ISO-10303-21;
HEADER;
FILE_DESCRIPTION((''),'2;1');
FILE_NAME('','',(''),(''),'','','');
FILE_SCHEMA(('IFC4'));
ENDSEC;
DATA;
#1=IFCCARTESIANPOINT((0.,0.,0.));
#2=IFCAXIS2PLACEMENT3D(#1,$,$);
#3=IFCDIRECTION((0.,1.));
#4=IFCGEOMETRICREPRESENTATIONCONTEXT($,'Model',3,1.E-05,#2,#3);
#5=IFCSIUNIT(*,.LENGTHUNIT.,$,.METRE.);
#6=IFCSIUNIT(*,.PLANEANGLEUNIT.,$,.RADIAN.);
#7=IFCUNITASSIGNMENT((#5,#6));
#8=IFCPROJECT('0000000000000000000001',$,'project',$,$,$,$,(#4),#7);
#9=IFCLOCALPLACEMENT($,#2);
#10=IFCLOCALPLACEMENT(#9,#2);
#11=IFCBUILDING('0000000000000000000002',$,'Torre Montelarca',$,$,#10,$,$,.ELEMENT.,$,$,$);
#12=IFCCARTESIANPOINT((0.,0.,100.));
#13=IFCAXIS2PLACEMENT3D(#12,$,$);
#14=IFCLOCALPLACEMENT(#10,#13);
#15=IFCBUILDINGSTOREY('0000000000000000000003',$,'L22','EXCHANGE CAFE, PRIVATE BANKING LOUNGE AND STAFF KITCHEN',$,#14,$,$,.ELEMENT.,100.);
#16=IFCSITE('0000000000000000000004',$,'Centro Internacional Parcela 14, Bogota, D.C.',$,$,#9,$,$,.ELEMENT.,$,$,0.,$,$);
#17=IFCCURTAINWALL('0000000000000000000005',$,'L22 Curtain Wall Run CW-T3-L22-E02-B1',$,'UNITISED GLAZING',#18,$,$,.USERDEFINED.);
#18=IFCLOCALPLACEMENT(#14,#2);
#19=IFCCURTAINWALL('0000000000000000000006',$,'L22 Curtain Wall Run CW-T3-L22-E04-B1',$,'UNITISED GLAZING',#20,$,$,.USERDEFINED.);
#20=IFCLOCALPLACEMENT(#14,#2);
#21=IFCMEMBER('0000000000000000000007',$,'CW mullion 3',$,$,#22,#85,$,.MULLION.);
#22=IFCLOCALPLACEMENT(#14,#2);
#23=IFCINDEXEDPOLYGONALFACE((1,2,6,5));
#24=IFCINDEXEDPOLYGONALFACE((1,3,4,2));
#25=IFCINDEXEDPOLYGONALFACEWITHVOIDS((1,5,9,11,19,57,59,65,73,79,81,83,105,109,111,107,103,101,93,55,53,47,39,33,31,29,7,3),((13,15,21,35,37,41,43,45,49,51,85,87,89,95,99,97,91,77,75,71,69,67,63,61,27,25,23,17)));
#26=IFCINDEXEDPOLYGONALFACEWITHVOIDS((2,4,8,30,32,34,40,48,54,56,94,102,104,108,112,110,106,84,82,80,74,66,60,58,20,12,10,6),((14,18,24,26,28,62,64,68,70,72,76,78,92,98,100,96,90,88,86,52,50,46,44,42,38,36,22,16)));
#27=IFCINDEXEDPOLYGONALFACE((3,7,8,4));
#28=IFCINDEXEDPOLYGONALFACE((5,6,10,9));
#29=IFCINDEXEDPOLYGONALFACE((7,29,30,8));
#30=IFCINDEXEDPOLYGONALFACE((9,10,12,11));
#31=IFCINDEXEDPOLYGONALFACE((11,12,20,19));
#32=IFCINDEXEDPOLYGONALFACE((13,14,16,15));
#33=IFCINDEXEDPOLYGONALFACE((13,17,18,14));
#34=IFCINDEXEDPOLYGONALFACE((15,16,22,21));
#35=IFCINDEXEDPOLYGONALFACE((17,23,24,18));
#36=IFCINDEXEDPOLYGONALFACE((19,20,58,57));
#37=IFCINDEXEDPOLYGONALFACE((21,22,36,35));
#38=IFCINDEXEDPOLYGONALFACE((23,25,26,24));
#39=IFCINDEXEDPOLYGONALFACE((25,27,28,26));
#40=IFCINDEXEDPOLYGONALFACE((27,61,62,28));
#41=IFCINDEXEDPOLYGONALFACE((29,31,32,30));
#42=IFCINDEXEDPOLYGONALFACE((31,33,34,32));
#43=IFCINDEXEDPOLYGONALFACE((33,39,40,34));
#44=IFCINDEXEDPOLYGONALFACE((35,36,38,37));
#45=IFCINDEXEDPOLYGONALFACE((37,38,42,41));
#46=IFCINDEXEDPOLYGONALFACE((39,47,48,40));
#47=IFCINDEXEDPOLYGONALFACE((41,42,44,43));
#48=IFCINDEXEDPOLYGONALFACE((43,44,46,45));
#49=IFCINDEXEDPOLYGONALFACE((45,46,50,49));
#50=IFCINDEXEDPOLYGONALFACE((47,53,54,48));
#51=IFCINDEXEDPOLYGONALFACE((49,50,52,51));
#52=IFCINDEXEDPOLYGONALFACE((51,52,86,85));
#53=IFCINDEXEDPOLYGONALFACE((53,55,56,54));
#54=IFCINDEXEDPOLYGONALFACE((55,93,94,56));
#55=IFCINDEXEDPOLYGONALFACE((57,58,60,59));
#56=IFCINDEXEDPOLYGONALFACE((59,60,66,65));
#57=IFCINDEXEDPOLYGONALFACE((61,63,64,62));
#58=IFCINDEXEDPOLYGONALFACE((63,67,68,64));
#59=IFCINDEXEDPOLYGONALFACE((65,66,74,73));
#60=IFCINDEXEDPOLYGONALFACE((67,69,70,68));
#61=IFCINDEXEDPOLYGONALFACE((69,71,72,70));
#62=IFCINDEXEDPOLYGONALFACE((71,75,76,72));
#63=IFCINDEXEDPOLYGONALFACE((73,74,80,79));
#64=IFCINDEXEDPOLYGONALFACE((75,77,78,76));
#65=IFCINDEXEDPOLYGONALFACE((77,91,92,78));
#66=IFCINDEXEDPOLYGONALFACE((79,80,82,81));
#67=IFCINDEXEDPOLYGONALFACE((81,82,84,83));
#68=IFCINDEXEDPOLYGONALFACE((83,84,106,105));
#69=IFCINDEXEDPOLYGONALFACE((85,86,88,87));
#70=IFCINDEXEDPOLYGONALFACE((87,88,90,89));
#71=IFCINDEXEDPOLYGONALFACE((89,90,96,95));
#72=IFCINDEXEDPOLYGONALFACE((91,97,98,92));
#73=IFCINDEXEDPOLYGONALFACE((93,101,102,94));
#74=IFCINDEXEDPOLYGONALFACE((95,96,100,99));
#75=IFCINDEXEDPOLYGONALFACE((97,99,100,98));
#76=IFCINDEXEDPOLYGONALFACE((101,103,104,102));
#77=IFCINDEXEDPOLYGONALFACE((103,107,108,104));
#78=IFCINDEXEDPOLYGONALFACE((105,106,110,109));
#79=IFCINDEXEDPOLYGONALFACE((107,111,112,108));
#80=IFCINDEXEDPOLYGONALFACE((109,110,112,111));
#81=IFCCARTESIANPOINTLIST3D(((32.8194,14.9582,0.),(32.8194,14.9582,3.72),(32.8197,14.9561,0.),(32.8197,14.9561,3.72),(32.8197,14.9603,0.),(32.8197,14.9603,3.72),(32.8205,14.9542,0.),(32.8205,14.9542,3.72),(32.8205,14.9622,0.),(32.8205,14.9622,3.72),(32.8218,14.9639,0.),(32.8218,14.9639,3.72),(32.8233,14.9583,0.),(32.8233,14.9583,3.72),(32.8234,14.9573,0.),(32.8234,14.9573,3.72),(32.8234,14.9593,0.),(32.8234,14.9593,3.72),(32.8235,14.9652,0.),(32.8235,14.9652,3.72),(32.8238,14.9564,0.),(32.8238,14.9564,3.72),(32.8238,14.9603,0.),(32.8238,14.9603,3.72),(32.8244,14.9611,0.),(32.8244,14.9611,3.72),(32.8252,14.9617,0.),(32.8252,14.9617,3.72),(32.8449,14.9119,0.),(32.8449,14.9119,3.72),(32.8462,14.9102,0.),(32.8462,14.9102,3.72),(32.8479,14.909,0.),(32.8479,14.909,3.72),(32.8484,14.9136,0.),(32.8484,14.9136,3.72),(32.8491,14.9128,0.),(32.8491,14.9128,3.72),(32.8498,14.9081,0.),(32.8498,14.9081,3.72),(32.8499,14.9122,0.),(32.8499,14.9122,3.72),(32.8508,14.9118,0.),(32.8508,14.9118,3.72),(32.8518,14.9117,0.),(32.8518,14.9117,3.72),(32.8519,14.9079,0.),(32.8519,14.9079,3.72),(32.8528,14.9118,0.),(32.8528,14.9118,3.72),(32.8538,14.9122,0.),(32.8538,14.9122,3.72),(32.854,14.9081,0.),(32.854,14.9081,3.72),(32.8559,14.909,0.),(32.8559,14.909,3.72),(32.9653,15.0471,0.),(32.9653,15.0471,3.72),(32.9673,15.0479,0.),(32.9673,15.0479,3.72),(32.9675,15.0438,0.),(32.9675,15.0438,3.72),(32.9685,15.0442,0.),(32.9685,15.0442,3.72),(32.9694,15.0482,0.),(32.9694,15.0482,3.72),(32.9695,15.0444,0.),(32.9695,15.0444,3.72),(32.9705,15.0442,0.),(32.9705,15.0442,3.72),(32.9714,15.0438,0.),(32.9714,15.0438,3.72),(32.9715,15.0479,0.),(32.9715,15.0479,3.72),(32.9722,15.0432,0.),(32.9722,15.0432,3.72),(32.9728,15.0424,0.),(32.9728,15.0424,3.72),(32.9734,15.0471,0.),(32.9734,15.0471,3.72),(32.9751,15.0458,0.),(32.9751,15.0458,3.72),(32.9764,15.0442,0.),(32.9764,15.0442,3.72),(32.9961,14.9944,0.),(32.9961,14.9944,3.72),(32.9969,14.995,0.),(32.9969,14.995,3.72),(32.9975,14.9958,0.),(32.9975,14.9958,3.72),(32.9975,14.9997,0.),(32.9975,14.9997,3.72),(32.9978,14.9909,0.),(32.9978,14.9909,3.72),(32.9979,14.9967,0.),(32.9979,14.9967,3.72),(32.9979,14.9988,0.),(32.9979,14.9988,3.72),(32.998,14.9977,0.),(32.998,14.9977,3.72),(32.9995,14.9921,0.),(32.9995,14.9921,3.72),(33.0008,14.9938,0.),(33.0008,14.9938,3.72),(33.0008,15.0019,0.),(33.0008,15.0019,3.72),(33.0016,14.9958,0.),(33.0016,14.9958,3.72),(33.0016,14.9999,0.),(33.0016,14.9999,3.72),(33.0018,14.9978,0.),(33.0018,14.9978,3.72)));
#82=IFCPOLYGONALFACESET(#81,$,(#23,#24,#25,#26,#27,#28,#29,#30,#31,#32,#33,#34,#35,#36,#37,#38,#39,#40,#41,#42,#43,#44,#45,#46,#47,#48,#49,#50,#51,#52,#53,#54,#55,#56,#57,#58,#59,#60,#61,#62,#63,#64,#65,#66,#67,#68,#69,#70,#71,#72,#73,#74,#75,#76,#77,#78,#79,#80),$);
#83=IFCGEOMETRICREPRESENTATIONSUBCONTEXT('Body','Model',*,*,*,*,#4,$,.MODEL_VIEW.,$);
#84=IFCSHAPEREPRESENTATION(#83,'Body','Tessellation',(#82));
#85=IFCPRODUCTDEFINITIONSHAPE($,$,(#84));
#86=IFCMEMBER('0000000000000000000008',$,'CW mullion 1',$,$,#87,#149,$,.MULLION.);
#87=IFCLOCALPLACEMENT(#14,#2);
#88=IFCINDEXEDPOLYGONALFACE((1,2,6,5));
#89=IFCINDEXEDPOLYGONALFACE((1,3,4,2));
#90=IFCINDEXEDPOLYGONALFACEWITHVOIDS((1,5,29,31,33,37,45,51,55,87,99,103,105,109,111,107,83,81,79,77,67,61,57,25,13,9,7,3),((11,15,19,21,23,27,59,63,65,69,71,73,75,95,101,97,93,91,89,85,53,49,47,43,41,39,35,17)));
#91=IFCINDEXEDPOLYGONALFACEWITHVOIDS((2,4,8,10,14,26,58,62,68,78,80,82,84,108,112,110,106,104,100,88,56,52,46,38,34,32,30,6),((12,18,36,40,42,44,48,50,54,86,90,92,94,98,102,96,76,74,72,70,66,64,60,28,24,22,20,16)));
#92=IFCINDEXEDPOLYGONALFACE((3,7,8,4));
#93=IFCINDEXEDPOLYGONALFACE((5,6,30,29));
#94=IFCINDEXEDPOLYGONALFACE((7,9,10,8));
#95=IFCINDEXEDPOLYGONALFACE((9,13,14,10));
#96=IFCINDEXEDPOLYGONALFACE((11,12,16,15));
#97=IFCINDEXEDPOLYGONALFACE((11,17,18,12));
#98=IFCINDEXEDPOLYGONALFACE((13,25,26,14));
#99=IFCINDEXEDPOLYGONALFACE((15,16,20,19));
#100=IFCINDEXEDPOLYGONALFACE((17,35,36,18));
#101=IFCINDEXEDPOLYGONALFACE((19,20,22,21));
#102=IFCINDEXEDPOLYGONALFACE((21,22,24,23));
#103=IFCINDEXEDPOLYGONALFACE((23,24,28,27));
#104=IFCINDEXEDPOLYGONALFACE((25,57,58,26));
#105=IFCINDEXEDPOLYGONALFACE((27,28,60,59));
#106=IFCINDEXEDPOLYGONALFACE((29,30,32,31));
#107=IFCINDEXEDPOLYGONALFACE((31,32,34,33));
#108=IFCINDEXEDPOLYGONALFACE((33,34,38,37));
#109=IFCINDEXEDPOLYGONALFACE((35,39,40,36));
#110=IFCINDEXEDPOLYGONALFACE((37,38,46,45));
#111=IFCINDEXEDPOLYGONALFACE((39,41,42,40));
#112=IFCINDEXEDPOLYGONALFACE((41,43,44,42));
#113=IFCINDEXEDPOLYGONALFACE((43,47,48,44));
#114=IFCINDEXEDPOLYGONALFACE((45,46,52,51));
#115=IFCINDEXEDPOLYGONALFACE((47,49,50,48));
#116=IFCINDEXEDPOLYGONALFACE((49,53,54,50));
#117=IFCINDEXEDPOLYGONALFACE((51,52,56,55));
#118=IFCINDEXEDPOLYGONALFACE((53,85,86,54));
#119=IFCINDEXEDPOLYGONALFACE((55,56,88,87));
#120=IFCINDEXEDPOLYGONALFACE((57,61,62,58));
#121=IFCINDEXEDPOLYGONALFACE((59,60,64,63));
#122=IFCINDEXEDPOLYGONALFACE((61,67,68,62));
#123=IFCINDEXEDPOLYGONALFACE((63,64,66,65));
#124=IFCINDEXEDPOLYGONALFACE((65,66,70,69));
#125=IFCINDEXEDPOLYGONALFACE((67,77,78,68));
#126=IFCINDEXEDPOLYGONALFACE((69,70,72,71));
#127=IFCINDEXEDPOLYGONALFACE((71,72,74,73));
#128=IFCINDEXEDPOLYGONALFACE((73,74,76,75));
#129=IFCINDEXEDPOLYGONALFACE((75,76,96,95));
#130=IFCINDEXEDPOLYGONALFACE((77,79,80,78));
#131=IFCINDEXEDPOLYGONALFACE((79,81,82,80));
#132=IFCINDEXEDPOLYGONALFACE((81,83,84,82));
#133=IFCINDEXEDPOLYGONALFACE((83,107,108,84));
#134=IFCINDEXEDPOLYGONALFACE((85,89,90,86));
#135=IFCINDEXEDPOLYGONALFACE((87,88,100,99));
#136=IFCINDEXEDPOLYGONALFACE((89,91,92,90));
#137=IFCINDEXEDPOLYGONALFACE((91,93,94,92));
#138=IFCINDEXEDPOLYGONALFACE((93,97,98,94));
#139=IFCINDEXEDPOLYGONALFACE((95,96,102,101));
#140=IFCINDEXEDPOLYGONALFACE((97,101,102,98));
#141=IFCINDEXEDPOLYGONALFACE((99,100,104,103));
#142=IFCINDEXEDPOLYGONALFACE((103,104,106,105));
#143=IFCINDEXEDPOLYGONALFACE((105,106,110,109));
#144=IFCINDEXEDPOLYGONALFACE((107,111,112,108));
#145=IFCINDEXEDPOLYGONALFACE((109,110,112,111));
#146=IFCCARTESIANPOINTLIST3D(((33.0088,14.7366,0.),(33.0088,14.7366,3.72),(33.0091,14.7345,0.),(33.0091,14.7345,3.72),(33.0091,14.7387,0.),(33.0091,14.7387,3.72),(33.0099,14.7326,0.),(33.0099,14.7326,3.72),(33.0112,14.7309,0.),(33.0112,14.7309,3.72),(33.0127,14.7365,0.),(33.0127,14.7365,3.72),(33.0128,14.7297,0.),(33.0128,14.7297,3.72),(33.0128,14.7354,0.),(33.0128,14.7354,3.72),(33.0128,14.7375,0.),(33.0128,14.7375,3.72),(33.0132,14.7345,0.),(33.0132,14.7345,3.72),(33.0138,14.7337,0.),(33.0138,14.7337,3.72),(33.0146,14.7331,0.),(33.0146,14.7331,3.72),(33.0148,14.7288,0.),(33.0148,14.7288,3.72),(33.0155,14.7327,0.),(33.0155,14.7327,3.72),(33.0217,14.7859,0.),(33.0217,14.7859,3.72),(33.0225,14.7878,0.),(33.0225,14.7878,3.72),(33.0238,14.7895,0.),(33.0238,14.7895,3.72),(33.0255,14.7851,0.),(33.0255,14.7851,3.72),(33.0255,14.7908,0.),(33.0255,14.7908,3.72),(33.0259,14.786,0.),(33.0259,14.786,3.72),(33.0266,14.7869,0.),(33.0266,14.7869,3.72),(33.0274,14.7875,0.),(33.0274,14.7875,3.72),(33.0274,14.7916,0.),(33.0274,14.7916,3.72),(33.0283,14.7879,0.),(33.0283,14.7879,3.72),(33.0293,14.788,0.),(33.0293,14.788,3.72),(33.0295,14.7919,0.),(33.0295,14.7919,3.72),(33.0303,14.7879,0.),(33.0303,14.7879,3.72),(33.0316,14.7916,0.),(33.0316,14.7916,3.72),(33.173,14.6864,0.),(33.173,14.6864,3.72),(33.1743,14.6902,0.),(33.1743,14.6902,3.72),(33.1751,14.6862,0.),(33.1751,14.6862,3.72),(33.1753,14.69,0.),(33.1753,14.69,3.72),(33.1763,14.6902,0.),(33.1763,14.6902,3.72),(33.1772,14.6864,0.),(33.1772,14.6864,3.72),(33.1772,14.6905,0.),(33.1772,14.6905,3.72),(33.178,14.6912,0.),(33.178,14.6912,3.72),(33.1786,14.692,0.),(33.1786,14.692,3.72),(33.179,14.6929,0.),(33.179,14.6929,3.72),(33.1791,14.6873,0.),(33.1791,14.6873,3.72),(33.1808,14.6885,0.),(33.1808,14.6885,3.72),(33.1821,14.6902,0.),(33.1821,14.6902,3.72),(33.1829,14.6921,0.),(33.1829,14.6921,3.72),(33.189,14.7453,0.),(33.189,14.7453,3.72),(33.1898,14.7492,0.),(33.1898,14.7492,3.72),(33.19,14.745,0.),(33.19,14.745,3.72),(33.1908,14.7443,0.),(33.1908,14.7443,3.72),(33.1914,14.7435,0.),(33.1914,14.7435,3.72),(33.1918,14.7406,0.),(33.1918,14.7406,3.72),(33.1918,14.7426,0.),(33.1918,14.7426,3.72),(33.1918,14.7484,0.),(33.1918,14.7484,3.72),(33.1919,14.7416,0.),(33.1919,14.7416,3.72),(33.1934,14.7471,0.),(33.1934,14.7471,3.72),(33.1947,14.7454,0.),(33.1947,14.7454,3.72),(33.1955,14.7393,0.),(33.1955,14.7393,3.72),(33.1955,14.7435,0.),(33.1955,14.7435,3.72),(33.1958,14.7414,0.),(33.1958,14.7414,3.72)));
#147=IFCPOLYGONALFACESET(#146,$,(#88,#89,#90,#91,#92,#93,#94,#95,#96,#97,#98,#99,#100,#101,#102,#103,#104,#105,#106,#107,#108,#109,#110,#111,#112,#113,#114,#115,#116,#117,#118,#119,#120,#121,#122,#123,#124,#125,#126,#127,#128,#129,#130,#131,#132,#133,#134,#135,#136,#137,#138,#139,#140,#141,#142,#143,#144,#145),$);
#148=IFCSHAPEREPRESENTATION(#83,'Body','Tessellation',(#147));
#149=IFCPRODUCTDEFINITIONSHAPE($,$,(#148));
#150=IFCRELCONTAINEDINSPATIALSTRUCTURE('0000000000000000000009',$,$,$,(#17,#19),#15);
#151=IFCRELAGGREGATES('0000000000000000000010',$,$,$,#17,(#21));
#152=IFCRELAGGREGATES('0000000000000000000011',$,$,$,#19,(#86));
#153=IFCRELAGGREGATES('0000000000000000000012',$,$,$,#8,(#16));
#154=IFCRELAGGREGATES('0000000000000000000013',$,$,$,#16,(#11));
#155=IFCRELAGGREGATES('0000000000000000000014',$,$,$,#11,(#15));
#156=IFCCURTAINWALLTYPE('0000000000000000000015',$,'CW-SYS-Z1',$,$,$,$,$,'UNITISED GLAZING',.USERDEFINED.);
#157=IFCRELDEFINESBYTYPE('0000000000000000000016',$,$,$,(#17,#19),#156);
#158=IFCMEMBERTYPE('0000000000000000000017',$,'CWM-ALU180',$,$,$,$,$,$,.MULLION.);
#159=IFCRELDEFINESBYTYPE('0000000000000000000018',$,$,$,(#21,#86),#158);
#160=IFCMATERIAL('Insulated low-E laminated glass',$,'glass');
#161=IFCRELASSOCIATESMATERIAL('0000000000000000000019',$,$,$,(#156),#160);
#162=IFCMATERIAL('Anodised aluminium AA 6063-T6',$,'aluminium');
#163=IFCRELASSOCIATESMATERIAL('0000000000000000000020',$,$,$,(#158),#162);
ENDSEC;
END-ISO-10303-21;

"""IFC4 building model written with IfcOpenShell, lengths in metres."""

from ifc_helpers import new_model, si_unit, direction, frame, origin, origin_2d, place, context, subcontext, project, spatial, hollow_rectangle, extrude, source, transform, mapped, material, material_profile, profile_set, type_object, element, aggregate, save


model = new_model("IFC4")

# Units and contexts
model_context = context("Model", 3, precision=1e-05, world=origin(), true_north=direction((0.0, 1.0)))
body_context = subcontext(model_context, "Body", "Model", "MODEL_VIEW")
ifc_project = project(units=[si_unit("LENGTHUNIT", "METRE"), si_unit("PLANEANGLEUNIT", "RADIAN")], contexts=[model_context])

# Site, building, storey
site_placement = place(None, origin())
site = spatial("IfcSite", under=ifc_project, at=site_placement, Name="Centro Internacional Parcela 14, Bogota, D.C.", CompositionType="ELEMENT", RefElevation=0.0)
building_placement = place(site_placement, origin())
building = spatial("IfcBuilding", under=site, at=building_placement, Name="Torre Montelarca", CompositionType="ELEMENT")
storey_placement = place(building_placement, frame((0.0, 0.0, 100.0)))
storey = spatial("IfcBuildingStorey", under=building, at=storey_placement, Name="L22", Description="EXCHANGE CAFE, PRIVATE BANKING LOUNGE AND STAFF KITCHEN", CompositionType="ELEMENT", Elevation=100.0)

# Curtain walls
ifc_material_1 = material(Name="Insulated low-E laminated glass", Category="glass")
curtain_wall_type = type_object("IfcCurtainWallType", Name="CW-SYS-Z1", ElementType="UNITISED GLAZING", PredefinedType="USERDEFINED", material=ifc_material_1)
ifc_material_2 = material(Name="Anodised aluminium AA 6063-T6", Category="aluminium")
curtain_wall_1_placement = place(storey_placement, origin())
curtain_wall_1 = element("IfcCurtainWall", 1, at=curtain_wall_1_placement, inside=storey, type_object=curtain_wall_type, Name="L22 Curtain Wall Run CW-T3-L22-E02-B1", ObjectType="UNITISED GLAZING", PredefinedType="USERDEFINED")
curtain_wall_2_placement = place(storey_placement, origin())
curtain_wall_2 = element("IfcCurtainWall", 2, at=curtain_wall_2_placement, inside=storey, type_object=curtain_wall_type, Name="L22 Curtain Wall Run CW-T3-L22-E04-B1", ObjectType="UNITISED GLAZING", PredefinedType="USERDEFINED")

# Members
ifc_material_profile_1 = material_profile(ifc_material_2, hollow_rectangle(XDim=0.0649, YDim=0.1799, WallThickness=0.0039, InnerFilletRadius=0.0039, OuterFilletRadius=0.0081, at=origin_2d()), Name="ALU65X180X4", Category="aluminium")
ifc_profile_set_1 = profile_set([ifc_material_profile_1], Name="Anodised aluminium AA 6063-T6")
member_type_1 = type_object("IfcMemberType", Name="CWM-ALU180", PredefinedType="MULLION", material=ifc_profile_set_1)
shared_shape_1 = source(origin(), body_context, "Body", "SweptSolid", [
    extrude(hollow_rectangle(XDim=0.0649, YDim=0.1799, WallThickness=0.0039, InnerFilletRadius=0.0039, OuterFilletRadius=0.0081, at=origin_2d()), origin(), (0.0, 0.0, 1.0), 3.72),
])
member_1_placement = place(storey_placement, frame((32.9106, 14.978, 0.0), z_axis=(0.0, 0.0, 1.0), x_axis=(-0.500001, 0.866025, 0.0)))
member_1 = element("IfcMember", 3, at=member_1_placement, type_object=member_type_1, Name="CW mullion 3", PredefinedType="MULLION", context=body_context, shape_type="MappedRepresentation", body=[
    mapped(shared_shape_1, transform((0.0, 0.0, 0.0), scale=1.0)),
])
member_2_placement = place(storey_placement, frame((33.1023, 14.739, 0.0), z_axis=(0.0, 0.0, 1.0), x_axis=(0.258823, 0.965925, 0.0)))
member_2 = element("IfcMember", 4, at=member_2_placement, type_object=member_type_1, Name="CW mullion 1", PredefinedType="MULLION", context=body_context, shape_type="MappedRepresentation", body=[
    mapped(shared_shape_1, transform((0.0, 0.0, 0.0), scale=1.0)),
])

aggregate(curtain_wall_1, [member_1])
aggregate(curtain_wall_2, [member_2])

save(model, "model.ifc")
